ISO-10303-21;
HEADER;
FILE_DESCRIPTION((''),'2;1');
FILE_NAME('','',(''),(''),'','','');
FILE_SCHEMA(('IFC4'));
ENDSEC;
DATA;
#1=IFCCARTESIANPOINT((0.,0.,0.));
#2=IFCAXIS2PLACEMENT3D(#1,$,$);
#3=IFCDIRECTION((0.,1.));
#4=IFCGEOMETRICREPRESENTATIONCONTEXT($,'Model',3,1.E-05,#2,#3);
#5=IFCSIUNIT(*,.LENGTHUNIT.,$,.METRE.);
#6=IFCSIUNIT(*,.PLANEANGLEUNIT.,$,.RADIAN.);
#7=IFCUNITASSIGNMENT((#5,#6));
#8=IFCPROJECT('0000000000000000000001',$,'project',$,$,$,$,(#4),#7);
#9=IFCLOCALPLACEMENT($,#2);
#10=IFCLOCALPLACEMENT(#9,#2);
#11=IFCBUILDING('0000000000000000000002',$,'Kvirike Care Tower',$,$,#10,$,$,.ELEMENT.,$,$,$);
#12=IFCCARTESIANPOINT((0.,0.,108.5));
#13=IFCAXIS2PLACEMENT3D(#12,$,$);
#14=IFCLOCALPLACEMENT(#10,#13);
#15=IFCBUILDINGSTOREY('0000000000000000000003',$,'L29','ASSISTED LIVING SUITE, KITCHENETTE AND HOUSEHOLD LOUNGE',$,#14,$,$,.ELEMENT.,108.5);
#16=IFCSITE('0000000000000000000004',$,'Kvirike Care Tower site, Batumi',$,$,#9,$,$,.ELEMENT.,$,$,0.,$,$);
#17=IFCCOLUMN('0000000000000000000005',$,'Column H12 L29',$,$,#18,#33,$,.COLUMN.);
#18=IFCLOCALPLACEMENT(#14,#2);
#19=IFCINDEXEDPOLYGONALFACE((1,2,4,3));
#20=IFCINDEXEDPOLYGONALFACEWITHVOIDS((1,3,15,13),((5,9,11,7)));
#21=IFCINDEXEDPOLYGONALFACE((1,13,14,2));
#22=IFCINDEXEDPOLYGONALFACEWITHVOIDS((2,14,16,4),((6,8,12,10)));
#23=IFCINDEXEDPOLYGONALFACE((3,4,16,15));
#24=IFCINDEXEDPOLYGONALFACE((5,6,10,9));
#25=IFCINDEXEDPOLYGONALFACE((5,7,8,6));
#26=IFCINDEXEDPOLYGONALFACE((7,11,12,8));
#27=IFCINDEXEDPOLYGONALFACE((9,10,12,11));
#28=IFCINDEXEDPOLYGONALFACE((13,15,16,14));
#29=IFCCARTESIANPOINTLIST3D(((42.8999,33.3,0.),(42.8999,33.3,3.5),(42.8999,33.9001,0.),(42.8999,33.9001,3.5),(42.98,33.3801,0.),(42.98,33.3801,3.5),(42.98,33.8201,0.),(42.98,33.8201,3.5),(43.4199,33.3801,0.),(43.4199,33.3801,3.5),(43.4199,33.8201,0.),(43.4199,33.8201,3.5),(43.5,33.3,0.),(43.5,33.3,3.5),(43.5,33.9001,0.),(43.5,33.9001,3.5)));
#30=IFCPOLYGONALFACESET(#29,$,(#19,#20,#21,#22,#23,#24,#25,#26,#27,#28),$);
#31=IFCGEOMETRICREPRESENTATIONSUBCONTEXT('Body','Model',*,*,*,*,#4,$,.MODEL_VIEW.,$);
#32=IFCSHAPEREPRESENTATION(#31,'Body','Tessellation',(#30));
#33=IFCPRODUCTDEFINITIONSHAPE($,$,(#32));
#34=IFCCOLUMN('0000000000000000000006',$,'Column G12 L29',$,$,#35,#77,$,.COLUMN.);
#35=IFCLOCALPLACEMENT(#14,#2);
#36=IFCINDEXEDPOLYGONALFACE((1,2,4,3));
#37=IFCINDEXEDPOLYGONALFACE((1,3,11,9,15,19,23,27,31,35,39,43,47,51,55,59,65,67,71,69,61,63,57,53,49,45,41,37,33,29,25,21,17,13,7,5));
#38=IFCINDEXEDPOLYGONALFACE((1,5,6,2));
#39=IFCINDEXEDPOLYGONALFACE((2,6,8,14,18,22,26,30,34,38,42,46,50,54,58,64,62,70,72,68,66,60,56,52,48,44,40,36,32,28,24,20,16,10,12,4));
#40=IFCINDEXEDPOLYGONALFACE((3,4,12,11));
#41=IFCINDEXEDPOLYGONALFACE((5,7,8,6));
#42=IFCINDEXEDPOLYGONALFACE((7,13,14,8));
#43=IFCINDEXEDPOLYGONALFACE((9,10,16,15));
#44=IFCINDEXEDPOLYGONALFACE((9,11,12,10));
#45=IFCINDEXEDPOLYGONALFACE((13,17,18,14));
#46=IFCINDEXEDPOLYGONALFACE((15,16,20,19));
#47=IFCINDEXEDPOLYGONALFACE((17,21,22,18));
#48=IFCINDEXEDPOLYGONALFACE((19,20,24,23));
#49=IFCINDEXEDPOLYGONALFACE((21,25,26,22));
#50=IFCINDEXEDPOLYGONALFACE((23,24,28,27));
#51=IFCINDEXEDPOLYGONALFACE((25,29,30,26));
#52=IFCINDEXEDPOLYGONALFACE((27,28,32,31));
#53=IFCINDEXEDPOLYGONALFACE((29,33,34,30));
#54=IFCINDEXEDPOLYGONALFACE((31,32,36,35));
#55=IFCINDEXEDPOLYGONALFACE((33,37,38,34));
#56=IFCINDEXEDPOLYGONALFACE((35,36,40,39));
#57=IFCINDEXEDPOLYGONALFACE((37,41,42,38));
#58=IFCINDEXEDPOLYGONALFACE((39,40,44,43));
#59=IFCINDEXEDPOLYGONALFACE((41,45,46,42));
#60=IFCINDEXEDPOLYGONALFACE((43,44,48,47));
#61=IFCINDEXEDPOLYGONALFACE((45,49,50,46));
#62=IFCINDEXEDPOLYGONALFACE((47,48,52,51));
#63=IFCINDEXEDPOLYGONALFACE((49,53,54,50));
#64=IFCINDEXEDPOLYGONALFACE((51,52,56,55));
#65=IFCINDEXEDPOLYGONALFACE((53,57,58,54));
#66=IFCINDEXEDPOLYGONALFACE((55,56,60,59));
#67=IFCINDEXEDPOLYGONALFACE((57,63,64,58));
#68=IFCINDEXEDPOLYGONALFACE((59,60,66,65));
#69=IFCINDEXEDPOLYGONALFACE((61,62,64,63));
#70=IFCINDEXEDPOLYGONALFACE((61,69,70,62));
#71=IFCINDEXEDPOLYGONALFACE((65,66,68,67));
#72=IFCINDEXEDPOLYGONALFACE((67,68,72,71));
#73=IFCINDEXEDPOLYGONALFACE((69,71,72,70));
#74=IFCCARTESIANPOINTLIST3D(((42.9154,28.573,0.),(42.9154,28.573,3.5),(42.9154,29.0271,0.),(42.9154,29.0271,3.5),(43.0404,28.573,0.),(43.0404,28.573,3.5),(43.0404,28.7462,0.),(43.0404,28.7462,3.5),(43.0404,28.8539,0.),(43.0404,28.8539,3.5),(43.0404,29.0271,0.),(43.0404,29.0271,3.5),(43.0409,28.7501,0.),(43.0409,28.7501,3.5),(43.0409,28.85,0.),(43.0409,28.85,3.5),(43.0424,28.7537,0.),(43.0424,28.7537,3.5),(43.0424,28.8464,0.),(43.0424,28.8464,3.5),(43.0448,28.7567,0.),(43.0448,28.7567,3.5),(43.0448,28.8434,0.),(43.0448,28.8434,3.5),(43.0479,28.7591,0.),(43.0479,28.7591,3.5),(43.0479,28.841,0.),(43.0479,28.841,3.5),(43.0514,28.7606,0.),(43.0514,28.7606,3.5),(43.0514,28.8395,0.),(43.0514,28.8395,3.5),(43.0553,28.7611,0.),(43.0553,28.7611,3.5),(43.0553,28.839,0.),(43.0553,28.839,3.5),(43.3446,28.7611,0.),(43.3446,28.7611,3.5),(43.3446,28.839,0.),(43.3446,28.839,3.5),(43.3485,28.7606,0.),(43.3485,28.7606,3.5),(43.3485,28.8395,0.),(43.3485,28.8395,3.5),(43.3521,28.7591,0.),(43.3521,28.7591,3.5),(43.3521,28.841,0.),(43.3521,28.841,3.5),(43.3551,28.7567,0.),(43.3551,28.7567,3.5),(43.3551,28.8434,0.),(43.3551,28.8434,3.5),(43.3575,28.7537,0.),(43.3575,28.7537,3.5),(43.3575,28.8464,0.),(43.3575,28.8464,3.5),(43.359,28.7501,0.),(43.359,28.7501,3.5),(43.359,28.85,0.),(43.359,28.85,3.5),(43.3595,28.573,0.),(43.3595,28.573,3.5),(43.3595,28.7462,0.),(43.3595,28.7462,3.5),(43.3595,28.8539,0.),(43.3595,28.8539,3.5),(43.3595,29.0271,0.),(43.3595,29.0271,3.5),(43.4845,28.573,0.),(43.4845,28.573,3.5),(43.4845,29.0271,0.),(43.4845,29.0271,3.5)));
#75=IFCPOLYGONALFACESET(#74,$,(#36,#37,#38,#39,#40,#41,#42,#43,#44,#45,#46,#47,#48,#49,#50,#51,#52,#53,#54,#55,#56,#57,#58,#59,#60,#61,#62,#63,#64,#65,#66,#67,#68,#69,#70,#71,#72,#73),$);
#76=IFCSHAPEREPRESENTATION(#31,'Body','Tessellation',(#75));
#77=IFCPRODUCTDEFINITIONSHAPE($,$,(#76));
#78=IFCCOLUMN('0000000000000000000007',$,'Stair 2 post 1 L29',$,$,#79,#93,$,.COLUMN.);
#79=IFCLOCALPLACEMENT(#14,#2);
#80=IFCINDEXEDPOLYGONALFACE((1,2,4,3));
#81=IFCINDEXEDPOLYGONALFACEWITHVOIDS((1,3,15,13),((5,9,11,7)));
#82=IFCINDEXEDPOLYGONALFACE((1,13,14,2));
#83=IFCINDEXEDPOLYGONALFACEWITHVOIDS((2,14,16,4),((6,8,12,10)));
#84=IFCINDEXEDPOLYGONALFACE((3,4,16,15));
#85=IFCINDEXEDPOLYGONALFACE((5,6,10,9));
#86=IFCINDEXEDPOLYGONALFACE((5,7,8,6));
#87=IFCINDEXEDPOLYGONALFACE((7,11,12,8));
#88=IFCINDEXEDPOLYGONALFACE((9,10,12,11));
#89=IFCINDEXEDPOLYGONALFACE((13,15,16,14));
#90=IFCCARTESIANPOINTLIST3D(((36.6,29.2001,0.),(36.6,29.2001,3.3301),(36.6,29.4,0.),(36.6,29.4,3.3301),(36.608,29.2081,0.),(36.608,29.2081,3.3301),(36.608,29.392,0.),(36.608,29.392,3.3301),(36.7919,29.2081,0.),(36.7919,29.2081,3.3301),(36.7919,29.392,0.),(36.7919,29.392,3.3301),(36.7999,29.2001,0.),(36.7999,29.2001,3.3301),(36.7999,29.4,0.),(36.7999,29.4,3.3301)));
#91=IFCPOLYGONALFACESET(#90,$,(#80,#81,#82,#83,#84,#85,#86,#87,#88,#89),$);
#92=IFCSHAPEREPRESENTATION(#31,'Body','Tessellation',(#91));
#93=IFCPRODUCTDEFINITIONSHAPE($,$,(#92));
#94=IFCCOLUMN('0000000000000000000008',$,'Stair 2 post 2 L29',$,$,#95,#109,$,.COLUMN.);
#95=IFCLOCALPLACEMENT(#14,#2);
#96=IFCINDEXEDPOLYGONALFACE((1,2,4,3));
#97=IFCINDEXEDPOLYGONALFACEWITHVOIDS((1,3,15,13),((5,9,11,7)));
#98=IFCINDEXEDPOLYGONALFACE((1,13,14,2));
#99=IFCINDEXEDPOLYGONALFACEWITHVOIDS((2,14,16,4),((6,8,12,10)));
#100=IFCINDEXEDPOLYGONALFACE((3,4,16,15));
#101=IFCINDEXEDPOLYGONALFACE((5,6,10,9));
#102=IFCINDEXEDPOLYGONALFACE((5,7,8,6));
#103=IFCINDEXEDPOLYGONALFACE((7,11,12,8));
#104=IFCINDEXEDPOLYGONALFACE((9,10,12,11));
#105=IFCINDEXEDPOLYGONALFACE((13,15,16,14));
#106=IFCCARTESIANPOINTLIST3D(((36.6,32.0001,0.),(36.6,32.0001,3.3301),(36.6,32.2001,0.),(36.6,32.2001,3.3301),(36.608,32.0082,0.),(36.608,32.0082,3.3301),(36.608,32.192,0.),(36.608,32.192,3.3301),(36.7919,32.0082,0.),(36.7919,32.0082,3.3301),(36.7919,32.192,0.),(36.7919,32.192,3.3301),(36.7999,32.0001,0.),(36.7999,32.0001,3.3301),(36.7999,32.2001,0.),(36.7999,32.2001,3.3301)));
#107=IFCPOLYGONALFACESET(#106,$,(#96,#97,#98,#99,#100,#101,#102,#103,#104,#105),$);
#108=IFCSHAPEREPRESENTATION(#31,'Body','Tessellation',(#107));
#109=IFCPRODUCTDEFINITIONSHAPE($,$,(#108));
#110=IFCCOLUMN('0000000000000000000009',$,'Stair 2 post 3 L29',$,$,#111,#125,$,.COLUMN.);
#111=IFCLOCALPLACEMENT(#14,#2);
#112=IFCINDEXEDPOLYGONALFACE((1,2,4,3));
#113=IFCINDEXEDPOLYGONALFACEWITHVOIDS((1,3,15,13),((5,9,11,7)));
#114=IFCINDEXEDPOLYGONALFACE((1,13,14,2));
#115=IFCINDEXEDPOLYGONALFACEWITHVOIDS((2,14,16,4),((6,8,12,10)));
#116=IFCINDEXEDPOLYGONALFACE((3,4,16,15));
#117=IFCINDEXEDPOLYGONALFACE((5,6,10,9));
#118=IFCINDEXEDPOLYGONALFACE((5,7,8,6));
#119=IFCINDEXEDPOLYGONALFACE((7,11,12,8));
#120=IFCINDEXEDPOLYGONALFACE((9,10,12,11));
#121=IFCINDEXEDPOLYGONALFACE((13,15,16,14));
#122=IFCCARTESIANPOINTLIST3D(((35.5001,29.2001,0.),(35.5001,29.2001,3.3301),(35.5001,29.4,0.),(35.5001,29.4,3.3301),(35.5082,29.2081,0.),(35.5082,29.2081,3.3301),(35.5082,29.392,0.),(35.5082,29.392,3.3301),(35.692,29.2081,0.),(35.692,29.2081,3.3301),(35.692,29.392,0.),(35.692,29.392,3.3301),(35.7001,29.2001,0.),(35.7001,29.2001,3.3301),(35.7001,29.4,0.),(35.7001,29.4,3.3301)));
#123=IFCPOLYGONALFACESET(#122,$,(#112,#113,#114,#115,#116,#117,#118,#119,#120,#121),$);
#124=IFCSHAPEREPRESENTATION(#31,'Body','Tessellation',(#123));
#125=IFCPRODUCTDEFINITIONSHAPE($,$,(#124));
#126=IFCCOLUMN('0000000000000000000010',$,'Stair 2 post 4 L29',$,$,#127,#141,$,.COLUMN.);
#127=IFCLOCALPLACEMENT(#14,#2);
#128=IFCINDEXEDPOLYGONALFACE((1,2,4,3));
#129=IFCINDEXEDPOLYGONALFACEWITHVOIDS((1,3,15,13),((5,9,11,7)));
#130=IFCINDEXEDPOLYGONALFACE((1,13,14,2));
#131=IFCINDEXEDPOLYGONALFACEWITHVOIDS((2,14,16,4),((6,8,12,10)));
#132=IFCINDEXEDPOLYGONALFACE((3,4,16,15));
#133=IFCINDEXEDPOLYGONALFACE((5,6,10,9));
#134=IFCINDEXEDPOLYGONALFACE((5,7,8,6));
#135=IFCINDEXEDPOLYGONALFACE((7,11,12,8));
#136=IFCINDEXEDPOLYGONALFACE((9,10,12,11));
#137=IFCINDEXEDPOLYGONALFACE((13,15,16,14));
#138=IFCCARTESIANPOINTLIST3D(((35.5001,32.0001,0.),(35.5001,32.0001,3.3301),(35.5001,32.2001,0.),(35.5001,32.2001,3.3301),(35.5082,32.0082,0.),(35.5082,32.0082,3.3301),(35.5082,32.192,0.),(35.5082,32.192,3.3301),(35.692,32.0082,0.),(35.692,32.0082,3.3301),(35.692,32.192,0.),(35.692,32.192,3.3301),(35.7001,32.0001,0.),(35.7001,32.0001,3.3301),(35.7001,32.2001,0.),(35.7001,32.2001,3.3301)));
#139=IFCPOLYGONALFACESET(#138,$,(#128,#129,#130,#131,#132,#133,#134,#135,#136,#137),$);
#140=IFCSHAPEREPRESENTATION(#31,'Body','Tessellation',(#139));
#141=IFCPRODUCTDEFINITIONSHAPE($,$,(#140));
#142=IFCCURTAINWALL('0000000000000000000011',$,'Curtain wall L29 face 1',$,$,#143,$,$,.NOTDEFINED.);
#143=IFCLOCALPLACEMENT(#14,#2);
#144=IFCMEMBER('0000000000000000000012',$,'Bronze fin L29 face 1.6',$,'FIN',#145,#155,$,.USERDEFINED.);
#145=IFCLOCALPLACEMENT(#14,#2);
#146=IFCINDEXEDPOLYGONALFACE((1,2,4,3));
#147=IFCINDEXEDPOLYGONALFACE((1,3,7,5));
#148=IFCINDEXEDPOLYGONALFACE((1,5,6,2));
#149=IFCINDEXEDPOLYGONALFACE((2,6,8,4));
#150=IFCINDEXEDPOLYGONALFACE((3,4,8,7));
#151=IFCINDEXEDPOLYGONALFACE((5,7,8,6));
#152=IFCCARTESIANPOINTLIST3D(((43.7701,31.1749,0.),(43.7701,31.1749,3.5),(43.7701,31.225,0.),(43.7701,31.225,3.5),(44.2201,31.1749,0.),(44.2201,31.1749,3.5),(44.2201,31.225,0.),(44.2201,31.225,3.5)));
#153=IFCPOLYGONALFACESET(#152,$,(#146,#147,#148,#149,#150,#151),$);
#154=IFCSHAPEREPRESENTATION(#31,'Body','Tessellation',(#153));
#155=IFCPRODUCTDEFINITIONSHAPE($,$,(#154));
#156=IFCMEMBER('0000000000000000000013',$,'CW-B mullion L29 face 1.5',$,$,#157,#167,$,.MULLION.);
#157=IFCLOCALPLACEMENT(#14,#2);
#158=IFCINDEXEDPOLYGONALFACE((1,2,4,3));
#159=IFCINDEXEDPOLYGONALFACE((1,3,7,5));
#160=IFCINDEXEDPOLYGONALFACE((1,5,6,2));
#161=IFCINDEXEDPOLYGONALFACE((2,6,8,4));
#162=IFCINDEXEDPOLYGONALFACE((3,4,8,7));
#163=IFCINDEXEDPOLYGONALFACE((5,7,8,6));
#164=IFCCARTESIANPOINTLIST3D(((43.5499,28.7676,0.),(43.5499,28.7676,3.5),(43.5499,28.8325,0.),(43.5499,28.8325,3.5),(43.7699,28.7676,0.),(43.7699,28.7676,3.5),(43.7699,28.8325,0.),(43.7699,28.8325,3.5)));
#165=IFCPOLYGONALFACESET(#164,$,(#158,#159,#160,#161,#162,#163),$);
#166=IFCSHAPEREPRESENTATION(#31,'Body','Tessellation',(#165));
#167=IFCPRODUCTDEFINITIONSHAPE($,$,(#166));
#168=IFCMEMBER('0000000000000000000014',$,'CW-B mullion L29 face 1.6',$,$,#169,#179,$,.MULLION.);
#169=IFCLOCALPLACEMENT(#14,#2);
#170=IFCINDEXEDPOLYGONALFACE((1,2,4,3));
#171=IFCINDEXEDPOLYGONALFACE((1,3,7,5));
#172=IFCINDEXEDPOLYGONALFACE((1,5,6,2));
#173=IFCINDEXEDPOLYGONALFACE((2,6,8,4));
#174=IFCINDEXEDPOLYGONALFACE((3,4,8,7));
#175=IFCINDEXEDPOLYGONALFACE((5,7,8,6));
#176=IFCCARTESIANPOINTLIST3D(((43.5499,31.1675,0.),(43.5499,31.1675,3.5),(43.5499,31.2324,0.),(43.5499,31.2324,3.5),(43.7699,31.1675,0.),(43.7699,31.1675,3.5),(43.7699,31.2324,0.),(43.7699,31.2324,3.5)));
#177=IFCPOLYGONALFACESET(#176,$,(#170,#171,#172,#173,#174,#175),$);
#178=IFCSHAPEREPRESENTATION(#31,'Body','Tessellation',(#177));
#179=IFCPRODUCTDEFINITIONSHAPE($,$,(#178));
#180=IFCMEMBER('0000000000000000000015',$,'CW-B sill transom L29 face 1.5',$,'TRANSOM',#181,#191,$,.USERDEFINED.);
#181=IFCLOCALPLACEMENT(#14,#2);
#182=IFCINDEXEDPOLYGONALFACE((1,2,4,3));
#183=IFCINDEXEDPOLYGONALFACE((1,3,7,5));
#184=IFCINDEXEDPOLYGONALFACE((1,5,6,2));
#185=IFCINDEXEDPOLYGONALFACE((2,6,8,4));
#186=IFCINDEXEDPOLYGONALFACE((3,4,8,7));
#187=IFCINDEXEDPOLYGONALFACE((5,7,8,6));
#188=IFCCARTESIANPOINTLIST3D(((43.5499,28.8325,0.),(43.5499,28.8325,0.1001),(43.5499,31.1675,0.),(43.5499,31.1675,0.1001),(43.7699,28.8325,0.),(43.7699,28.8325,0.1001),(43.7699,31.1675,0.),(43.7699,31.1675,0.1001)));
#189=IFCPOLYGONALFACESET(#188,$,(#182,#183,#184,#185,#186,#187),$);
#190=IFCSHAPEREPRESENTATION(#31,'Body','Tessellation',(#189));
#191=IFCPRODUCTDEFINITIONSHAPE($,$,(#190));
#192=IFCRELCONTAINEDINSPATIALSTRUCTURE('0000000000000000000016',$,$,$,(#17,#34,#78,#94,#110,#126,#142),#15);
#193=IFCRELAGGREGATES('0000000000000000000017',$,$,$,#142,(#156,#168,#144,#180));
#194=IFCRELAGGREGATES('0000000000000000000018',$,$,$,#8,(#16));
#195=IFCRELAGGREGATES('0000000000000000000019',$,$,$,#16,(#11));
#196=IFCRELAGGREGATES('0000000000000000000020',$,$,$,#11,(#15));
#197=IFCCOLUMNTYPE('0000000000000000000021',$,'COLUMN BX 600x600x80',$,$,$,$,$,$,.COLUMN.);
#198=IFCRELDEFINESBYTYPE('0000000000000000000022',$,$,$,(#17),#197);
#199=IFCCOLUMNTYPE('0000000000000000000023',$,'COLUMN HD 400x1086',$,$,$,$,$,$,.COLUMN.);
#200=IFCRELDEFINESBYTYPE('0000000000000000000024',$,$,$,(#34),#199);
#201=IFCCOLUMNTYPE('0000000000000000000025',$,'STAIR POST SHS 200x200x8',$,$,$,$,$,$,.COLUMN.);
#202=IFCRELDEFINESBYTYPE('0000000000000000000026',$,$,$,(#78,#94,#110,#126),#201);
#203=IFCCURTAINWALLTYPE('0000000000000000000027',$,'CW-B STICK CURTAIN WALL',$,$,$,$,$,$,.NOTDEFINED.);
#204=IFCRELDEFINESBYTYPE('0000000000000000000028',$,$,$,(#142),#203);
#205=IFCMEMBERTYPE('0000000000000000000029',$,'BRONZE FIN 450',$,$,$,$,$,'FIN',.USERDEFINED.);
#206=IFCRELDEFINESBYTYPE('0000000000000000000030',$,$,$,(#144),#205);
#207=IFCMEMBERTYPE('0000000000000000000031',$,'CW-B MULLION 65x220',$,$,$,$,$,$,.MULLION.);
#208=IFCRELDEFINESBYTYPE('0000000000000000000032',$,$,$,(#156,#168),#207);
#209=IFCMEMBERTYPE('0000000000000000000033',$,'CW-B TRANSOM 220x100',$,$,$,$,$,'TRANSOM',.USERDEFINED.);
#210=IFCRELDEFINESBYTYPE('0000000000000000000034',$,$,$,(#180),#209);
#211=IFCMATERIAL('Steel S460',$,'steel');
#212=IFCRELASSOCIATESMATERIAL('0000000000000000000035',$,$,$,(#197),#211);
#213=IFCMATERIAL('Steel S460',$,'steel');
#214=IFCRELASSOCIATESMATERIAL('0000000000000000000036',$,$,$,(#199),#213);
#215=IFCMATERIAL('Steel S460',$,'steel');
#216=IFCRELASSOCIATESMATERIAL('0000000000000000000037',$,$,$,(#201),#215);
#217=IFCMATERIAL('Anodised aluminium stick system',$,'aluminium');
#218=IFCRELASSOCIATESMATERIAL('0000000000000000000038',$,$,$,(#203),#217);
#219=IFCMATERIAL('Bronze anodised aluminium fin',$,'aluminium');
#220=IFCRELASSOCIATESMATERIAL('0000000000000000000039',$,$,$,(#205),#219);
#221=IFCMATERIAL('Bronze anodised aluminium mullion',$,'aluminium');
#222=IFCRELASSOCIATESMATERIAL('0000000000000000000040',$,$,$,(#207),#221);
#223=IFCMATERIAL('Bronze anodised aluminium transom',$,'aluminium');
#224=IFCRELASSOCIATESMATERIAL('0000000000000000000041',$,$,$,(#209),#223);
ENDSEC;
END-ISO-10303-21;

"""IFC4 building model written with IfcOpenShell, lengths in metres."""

from ifc_helpers import new_model, si_unit, direction, frame, origin, origin_2d, place, context, subcontext, project, spatial, rectangle, hollow_rectangle, i_section, extrude, material, material_profile, profile_set, type_object, element, aggregate, save


model = new_model("IFC4")

# Units and contexts
model_context = context("Model", 3, precision=1e-05, world=origin(), true_north=direction((0.0, 1.0)))
body_context = subcontext(model_context, "Body", "Model", "MODEL_VIEW")
ifc_project = project(units=[si_unit("LENGTHUNIT", "METRE"), si_unit("PLANEANGLEUNIT", "RADIAN")], contexts=[model_context])

# Site, building, storey
site_placement = place(None, origin())
site = spatial("IfcSite", under=ifc_project, at=site_placement, Name="Kvirike Care Tower site, Batumi", CompositionType="ELEMENT", RefElevation=0.0)
building_placement = place(site_placement, origin())
building = spatial("IfcBuilding", under=site, at=building_placement, Name="Kvirike Care Tower", CompositionType="ELEMENT")
storey_placement = place(building_placement, frame((0.0, 0.0, 108.5)))
storey = spatial("IfcBuildingStorey", under=building, at=storey_placement, Name="L29", Description="ASSISTED LIVING SUITE, KITCHENETTE AND HOUSEHOLD LOUNGE", CompositionType="ELEMENT", Elevation=108.5)

# Columns
ifc_material_1 = material(Name="Steel S460", Category="steel")
ifc_material_profile_1 = material_profile(ifc_material_1, hollow_rectangle(XDim=0.6001, YDim=0.6001, WallThickness=0.0801, at=origin_2d()), Name="BX 600x600x80")
ifc_profile_set_1 = profile_set([ifc_material_profile_1], Name="Steel S460")
column_type_1 = type_object("IfcColumnType", Name="COLUMN BX 600x600x80", PredefinedType="COLUMN", material=ifc_profile_set_1)
column_1_placement = place(storey_placement, frame((43.2, 33.6001, 0.0), z_axis=(0.0, 0.0, 1.0), x_axis=(1.0, 0.0, 0.0)))
element("IfcColumn", 1, at=column_1_placement, inside=storey, type_object=column_type_1, Name="Column H12 L29", PredefinedType="COLUMN", context=body_context, shape_type="SweptSolid", body=[
    extrude(hollow_rectangle(XDim=0.6001, YDim=0.6001, WallThickness=0.0801, at=origin_2d()), origin(), (0.0, 0.0, 1.0), 3.5),
])
ifc_material_2 = material(Name="Steel S460", Category="steel")
ifc_material_profile_2 = material_profile(ifc_material_2, i_section(OverallWidth=0.4541, OverallDepth=0.5691, WebThickness=0.0779, FlangeThickness=0.125, FilletRadius=0.0149, at=origin_2d()), Name="HD 400x1086")
ifc_profile_set_2 = profile_set([ifc_material_profile_2], Name="Steel S460")
column_type_2 = type_object("IfcColumnType", Name="COLUMN HD 400x1086", PredefinedType="COLUMN", material=ifc_profile_set_2)
column_2_placement = place(storey_placement, frame((43.2, 28.8, 0.0), z_axis=(0.0, 0.0, 1.0), x_axis=(0.0, 1.0, 0.0)))
element("IfcColumn", 2, at=column_2_placement, inside=storey, type_object=column_type_2, Name="Column G12 L29", PredefinedType="COLUMN", context=body_context, shape_type="SweptSolid", body=[
    extrude(i_section(OverallWidth=0.4541, OverallDepth=0.5691, WebThickness=0.0779, FlangeThickness=0.125, FilletRadius=0.0149, at=origin_2d()), origin(), (0.0, 0.0, 1.0), 3.5),
])
ifc_material_3 = material(Name="Steel S460", Category="steel")
ifc_material_profile_3 = material_profile(ifc_material_3, hollow_rectangle(XDim=0.2, YDim=0.2, WallThickness=0.0081, at=origin_2d()), Name="SHS 200x200x8")
ifc_profile_set_3 = profile_set([ifc_material_profile_3], Name="Steel S460")
column_type_3 = type_object("IfcColumnType", Name="STAIR POST SHS 200x200x8", PredefinedType="COLUMN", material=ifc_profile_set_3)
for number, where, z_axis, x_axis, name in (
    (3, (36.7, 29.3, 0.0), (0.0, 0.0, 1.0), (1.0, 0.0, 0.0), "Stair 2 post 1 L29"),
    (4, (36.7, 32.1001, 0.0), (0.0, 0.0, 1.0), (1.0, 0.0, 0.0), "Stair 2 post 2 L29"),
    (5, (35.6001, 29.3, 0.0), (0.0, 0.0, 1.0), (1.0, 0.0, 0.0), "Stair 2 post 3 L29"),
    (6, (35.6001, 32.1001, 0.0), (0.0, 0.0, 1.0), (1.0, 0.0, 0.0), "Stair 2 post 4 L29"),
):
    element("IfcColumn", number, at=place(storey_placement, frame(where, z_axis=z_axis, x_axis=x_axis)), inside=storey, type_object=column_type_3, Name=name, PredefinedType="COLUMN", context=body_context, shape_type="SweptSolid", body=[
        extrude(hollow_rectangle(XDim=0.2, YDim=0.2, WallThickness=0.0081, at=origin_2d()), origin(), (0.0, 0.0, 1.0), 3.3301),
    ])

# Curtain wall, members
ifc_material_4 = material(Name="Anodised aluminium stick system", Category="aluminium")
curtain_wall_type = type_object("IfcCurtainWallType", Name="CW-B STICK CURTAIN WALL", PredefinedType="NOTDEFINED", material=ifc_material_4)
curtain_wall_placement = place(storey_placement, origin())
curtain_wall = element("IfcCurtainWall", 7, at=curtain_wall_placement, inside=storey, type_object=curtain_wall_type, Name="Curtain wall L29 face 1", PredefinedType="NOTDEFINED")
ifc_material_5 = material(Name="Bronze anodised aluminium fin", Category="aluminium")
ifc_material_profile_4 = material_profile(ifc_material_5, rectangle(XDim=0.05, YDim=0.45, at=origin_2d()), Name="BRONZE FIN 450")
ifc_profile_set_4 = profile_set([ifc_material_profile_4], Name="Bronze anodised aluminium fin")
member_type_1 = type_object("IfcMemberType", Name="BRONZE FIN 450", ElementType="FIN", PredefinedType="USERDEFINED", material=ifc_profile_set_4)
member_1_placement = place(storey_placement, frame((43.9951, 31.2, 0.0), z_axis=(0.0, 0.0, 1.0), x_axis=(0.0, 1.0, 0.0)))
member_1 = element("IfcMember", 8, at=member_1_placement, type_object=member_type_1, Name="Bronze fin L29 face 1.6", ObjectType="FIN", PredefinedType="USERDEFINED", context=body_context, shape_type="SweptSolid", body=[
    extrude(rectangle(XDim=0.05, YDim=0.45, at=origin_2d()), origin(), (0.0, 0.0, 1.0), 3.5),
])
ifc_material_6 = material(Name="Bronze anodised aluminium mullion", Category="aluminium")
ifc_material_profile_5 = material_profile(ifc_material_6, rectangle(XDim=0.0649, YDim=0.22, at=origin_2d()), Name="CW-B MULLION 65x220")
ifc_profile_set_5 = profile_set([ifc_material_profile_5], Name="Bronze anodised aluminium mullion")
member_type_2 = type_object("IfcMemberType", Name="CW-B MULLION 65x220", PredefinedType="MULLION", material=ifc_profile_set_5)
member_2_placement = place(storey_placement, frame((43.6599, 28.8, 0.0), z_axis=(0.0, 0.0, 1.0), x_axis=(0.0, 1.0, 0.0)))
member_2 = element("IfcMember", 9, at=member_2_placement, type_object=member_type_2, Name="CW-B mullion L29 face 1.5", PredefinedType="MULLION", context=body_context, shape_type="SweptSolid", body=[
    extrude(rectangle(XDim=0.0649, YDim=0.22, at=origin_2d()), origin(), (0.0, 0.0, 1.0), 3.5),
])
member_3_placement = place(storey_placement, frame((43.6599, 31.2, 0.0), z_axis=(0.0, 0.0, 1.0), x_axis=(0.0, 1.0, 0.0)))
member_3 = element("IfcMember", 10, at=member_3_placement, type_object=member_type_2, Name="CW-B mullion L29 face 1.6", PredefinedType="MULLION", context=body_context, shape_type="SweptSolid", body=[
    extrude(rectangle(XDim=0.0649, YDim=0.22, at=origin_2d()), origin(), (0.0, 0.0, 1.0), 3.5),
])
ifc_material_7 = material(Name="Bronze anodised aluminium transom", Category="aluminium")
ifc_material_profile_6 = material_profile(ifc_material_7, rectangle(XDim=0.22, YDim=0.1001, at=origin_2d()), Name="CW-B TRANSOM 220x100")
ifc_profile_set_6 = profile_set([ifc_material_profile_6], Name="Bronze anodised aluminium transom")
member_type_3 = type_object("IfcMemberType", Name="CW-B TRANSOM 220x100", ElementType="TRANSOM", PredefinedType="USERDEFINED", material=ifc_profile_set_6)
member_4_placement = place(storey_placement, frame((43.6599, 28.8325, 0.05), z_axis=(0.0, 1.0, 0.0), x_axis=(-1.0, 0.0, 0.0)))
member_4 = element("IfcMember", 11, at=member_4_placement, type_object=member_type_3, Name="CW-B sill transom L29 face 1.5", ObjectType="TRANSOM", PredefinedType="USERDEFINED", context=body_context, shape_type="SweptSolid", body=[
    extrude(rectangle(XDim=0.22, YDim=0.1001, at=origin_2d()), origin(), (0.0, 0.0, 1.0), 2.335),
])

aggregate(curtain_wall, [member_2, member_3, member_1, member_4])

save(model, "model.ifc")
